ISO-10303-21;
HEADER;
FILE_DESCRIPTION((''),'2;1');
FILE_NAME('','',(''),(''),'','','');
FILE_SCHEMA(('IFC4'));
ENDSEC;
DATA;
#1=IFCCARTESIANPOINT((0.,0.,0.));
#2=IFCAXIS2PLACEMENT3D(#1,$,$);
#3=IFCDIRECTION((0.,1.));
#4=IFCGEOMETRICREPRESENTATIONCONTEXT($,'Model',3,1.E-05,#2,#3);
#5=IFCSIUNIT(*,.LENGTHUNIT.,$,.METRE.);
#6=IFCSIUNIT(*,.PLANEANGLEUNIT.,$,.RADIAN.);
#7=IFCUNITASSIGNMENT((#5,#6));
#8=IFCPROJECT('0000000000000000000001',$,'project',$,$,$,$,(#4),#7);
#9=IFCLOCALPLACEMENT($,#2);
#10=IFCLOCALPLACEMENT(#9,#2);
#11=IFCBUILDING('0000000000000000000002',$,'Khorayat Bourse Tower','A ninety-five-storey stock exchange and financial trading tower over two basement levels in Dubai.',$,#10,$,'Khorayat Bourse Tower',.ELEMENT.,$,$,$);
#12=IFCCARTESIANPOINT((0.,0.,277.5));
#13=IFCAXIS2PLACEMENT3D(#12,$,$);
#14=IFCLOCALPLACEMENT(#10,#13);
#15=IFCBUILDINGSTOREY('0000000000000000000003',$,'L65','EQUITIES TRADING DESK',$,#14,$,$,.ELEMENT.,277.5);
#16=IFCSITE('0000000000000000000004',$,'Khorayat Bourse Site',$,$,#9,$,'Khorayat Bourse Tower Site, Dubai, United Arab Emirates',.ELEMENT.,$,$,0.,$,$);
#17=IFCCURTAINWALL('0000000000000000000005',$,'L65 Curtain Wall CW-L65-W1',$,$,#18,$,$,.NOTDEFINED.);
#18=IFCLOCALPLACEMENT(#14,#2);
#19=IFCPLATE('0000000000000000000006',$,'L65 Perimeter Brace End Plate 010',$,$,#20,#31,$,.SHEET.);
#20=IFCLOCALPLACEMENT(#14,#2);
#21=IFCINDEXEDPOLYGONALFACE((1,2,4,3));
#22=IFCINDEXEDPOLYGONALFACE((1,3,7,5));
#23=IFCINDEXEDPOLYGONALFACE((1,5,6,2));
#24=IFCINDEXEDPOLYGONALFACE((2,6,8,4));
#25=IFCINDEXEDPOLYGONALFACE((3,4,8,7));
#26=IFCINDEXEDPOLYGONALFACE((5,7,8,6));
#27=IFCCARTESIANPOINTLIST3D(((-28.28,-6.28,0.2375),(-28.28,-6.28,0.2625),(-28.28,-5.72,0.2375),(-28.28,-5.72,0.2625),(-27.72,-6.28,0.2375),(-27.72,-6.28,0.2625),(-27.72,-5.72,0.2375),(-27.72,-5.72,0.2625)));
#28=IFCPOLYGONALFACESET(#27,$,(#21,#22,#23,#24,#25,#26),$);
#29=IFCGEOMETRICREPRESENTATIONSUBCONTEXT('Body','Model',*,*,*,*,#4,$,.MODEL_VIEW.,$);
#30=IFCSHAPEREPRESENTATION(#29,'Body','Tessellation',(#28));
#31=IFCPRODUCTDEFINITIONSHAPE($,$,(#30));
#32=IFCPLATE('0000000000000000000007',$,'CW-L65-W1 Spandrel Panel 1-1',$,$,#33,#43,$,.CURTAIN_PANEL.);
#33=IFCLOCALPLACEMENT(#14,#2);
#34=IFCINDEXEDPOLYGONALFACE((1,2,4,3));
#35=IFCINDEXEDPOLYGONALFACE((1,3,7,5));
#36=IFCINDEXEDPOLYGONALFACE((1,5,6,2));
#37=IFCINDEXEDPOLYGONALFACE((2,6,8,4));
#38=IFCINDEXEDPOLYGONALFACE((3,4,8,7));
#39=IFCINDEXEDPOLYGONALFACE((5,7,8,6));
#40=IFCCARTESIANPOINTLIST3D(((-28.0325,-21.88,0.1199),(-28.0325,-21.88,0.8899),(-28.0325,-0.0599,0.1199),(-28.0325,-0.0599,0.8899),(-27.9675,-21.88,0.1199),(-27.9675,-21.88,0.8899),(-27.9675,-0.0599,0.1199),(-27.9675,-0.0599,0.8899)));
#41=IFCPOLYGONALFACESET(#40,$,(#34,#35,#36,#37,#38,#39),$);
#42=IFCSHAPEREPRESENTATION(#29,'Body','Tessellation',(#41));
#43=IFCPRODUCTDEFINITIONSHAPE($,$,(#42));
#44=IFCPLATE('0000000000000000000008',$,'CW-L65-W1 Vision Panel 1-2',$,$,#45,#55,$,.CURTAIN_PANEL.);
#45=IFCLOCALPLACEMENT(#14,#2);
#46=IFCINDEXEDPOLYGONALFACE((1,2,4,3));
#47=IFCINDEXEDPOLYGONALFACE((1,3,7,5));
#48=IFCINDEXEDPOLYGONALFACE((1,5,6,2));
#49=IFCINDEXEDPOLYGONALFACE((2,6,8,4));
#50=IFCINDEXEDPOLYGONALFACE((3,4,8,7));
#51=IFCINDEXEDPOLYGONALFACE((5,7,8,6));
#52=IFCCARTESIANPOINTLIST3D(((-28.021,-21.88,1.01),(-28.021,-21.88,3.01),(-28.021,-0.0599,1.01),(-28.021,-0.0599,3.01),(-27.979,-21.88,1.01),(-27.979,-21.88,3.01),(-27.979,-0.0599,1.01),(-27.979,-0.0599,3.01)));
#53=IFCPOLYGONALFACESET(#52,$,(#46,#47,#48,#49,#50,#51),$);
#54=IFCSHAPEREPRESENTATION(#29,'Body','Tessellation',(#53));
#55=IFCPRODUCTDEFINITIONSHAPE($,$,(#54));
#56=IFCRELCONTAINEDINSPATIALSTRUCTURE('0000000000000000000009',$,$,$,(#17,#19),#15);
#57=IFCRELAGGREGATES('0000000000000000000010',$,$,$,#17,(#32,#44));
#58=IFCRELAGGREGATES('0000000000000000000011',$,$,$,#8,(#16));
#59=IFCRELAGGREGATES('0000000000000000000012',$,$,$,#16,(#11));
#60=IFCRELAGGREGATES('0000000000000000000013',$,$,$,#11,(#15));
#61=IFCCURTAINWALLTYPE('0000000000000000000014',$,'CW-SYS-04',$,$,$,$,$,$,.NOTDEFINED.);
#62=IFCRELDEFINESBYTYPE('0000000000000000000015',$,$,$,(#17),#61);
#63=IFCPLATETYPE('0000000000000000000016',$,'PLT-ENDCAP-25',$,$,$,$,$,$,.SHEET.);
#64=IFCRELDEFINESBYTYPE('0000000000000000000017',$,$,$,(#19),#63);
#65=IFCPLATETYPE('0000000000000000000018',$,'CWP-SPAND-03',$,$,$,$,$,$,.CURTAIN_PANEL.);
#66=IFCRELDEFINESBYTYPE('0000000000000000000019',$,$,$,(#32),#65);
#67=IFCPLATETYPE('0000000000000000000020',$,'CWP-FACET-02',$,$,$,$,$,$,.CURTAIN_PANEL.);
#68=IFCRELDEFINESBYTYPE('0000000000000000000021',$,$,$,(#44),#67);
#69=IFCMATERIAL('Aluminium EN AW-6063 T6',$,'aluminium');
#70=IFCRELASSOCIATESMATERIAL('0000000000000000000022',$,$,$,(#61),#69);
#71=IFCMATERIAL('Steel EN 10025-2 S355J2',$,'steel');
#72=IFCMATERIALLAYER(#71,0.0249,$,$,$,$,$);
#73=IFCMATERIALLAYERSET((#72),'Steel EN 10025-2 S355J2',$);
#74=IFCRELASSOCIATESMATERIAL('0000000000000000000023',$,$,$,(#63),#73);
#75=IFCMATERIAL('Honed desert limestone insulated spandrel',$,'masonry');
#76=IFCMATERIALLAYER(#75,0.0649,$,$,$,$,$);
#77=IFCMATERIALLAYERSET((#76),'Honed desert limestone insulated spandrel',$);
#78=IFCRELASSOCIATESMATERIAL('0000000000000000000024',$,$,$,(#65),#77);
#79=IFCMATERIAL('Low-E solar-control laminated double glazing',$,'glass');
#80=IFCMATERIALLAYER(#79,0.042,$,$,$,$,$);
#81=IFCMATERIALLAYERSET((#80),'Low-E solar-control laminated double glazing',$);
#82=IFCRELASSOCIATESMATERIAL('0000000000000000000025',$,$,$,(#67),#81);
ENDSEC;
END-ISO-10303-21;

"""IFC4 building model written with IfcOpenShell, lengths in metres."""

from ifc_helpers import new_model, si_unit, direction, frame, origin, origin_2d, place, context, subcontext, project, spatial, rectangle, extrude, source, transform, mapped, material, layer, layer_set, type_object, element, aggregate, save


model = new_model("IFC4")

# Units and contexts
model_context = context("Model", 3, precision=1e-05, world=origin(), true_north=direction((0.0, 1.0)))
body_context = subcontext(model_context, "Body", "Model", "MODEL_VIEW")
ifc_project = project(units=[si_unit("LENGTHUNIT", "METRE"), si_unit("PLANEANGLEUNIT", "RADIAN")], contexts=[model_context])

# Site, building, storey
site_placement = place(None, origin())
site = spatial("IfcSite", under=ifc_project, at=site_placement, Name="Khorayat Bourse Site", LongName="Khorayat Bourse Tower Site, Dubai, United Arab Emirates", CompositionType="ELEMENT", RefElevation=0.0)
building_placement = place(site_placement, origin())
building = spatial("IfcBuilding", under=site, at=building_placement, Name="Khorayat Bourse Tower", Description="A ninety-five-storey stock exchange and financial trading tower over two basement levels in Dubai.", LongName="Khorayat Bourse Tower", CompositionType="ELEMENT")
storey_placement = place(building_placement, frame((0.0, 0.0, 277.5)))
storey = spatial("IfcBuildingStorey", under=building, at=storey_placement, Name="L65", Description="EQUITIES TRADING DESK", CompositionType="ELEMENT", Elevation=277.5)

# Curtain wall
ifc_material_1 = material(Name="Aluminium EN AW-6063 T6", Category="aluminium")
curtain_wall_type = type_object("IfcCurtainWallType", Name="CW-SYS-04", PredefinedType="NOTDEFINED", material=ifc_material_1)
curtain_wall_placement = place(storey_placement, origin())
curtain_wall = element("IfcCurtainWall", 1, at=curtain_wall_placement, inside=storey, type_object=curtain_wall_type, Name="L65 Curtain Wall CW-L65-W1", PredefinedType="NOTDEFINED")

# Plate
ifc_material_2 = material(Name="Steel EN 10025-2 S355J2", Category="steel")
ifc_layer_1 = layer(ifc_material_2, 0.0249)
ifc_layer_set_1 = layer_set([ifc_layer_1], Name="Steel EN 10025-2 S355J2")
plate_type_1 = type_object("IfcPlateType", Name="PLT-ENDCAP-25", PredefinedType="SHEET", material=ifc_layer_set_1)
shared_shape_1 = source(origin(), body_context, "Body", "SweptSolid", [
    extrude(rectangle(XDim=0.5601, YDim=0.5601, at=origin_2d()), origin(), (0.0, 0.0, 1.0), 0.0249),
])
for number, where, z_axis, x_axis, name in (
    (2, (-28.0, -6.0, 0.2375), (0.0, 0.0, 1.0), (1.0, 0.0, 0.0), "L65 Perimeter Brace End Plate 010"),
):
    element("IfcPlate", number, at=place(storey_placement, frame(where, z_axis=z_axis, x_axis=x_axis)), inside=storey, type_object=plate_type_1, Name=name, PredefinedType="SHEET", context=body_context, shape_type="MappedRepresentation", body=[
        mapped(shared_shape_1, transform((0.0, 0.0, 0.0), scale=1.0)),
    ])

# Plates
ifc_material_3 = material(Name="Honed desert limestone insulated spandrel", Category="masonry")
ifc_layer_2 = layer(ifc_material_3, 0.0649)
ifc_layer_set_2 = layer_set([ifc_layer_2], Name="Honed desert limestone insulated spandrel")
plate_type_2 = type_object("IfcPlateType", Name="CWP-SPAND-03", PredefinedType="CURTAIN_PANEL", material=ifc_layer_set_2)
shared_shape_2 = source(origin(), body_context, "Body", "SweptSolid", [
    extrude(rectangle(XDim=21.8201, YDim=0.0649, at=origin_2d()), origin(), (0.0, 0.0, 1.0), 0.77),
])
plate_1_placement = place(storey_placement, frame((-28.0, -10.97, 0.1199), z_axis=(0.0, 0.0, 1.0), x_axis=(0.0, 1.0, 0.0)))
plate_1 = element("IfcPlate", 3, at=plate_1_placement, type_object=plate_type_2, Name="CW-L65-W1 Spandrel Panel 1-1", PredefinedType="CURTAIN_PANEL", context=body_context, shape_type="MappedRepresentation", body=[
    mapped(shared_shape_2, transform((0.0, 0.0, 0.0), scale=1.0)),
])
ifc_material_4 = material(Name="Low-E solar-control laminated double glazing", Category="glass")
ifc_layer_3 = layer(ifc_material_4, 0.042)
ifc_layer_set_3 = layer_set([ifc_layer_3], Name="Low-E solar-control laminated double glazing")
plate_type_3 = type_object("IfcPlateType", Name="CWP-FACET-02", PredefinedType="CURTAIN_PANEL", material=ifc_layer_set_3)
shared_shape_3 = source(origin(), body_context, "Body", "SweptSolid", [
    extrude(rectangle(XDim=21.8201, YDim=0.042, at=origin_2d()), origin(), (0.0, 0.0, 1.0), 2.0),
])
plate_2_placement = place(storey_placement, frame((-28.0, -10.97, 1.01), z_axis=(0.0, 0.0, 1.0), x_axis=(0.0, 1.0, 0.0)))
plate_2 = element("IfcPlate", 4, at=plate_2_placement, type_object=plate_type_3, Name="CW-L65-W1 Vision Panel 1-2", PredefinedType="CURTAIN_PANEL", context=body_context, shape_type="MappedRepresentation", body=[
    mapped(shared_shape_3, transform((0.0, 0.0, 0.0), scale=1.0)),
])
aggregate(curtain_wall, [plate_1, plate_2])

save(model, "model.ifc")
